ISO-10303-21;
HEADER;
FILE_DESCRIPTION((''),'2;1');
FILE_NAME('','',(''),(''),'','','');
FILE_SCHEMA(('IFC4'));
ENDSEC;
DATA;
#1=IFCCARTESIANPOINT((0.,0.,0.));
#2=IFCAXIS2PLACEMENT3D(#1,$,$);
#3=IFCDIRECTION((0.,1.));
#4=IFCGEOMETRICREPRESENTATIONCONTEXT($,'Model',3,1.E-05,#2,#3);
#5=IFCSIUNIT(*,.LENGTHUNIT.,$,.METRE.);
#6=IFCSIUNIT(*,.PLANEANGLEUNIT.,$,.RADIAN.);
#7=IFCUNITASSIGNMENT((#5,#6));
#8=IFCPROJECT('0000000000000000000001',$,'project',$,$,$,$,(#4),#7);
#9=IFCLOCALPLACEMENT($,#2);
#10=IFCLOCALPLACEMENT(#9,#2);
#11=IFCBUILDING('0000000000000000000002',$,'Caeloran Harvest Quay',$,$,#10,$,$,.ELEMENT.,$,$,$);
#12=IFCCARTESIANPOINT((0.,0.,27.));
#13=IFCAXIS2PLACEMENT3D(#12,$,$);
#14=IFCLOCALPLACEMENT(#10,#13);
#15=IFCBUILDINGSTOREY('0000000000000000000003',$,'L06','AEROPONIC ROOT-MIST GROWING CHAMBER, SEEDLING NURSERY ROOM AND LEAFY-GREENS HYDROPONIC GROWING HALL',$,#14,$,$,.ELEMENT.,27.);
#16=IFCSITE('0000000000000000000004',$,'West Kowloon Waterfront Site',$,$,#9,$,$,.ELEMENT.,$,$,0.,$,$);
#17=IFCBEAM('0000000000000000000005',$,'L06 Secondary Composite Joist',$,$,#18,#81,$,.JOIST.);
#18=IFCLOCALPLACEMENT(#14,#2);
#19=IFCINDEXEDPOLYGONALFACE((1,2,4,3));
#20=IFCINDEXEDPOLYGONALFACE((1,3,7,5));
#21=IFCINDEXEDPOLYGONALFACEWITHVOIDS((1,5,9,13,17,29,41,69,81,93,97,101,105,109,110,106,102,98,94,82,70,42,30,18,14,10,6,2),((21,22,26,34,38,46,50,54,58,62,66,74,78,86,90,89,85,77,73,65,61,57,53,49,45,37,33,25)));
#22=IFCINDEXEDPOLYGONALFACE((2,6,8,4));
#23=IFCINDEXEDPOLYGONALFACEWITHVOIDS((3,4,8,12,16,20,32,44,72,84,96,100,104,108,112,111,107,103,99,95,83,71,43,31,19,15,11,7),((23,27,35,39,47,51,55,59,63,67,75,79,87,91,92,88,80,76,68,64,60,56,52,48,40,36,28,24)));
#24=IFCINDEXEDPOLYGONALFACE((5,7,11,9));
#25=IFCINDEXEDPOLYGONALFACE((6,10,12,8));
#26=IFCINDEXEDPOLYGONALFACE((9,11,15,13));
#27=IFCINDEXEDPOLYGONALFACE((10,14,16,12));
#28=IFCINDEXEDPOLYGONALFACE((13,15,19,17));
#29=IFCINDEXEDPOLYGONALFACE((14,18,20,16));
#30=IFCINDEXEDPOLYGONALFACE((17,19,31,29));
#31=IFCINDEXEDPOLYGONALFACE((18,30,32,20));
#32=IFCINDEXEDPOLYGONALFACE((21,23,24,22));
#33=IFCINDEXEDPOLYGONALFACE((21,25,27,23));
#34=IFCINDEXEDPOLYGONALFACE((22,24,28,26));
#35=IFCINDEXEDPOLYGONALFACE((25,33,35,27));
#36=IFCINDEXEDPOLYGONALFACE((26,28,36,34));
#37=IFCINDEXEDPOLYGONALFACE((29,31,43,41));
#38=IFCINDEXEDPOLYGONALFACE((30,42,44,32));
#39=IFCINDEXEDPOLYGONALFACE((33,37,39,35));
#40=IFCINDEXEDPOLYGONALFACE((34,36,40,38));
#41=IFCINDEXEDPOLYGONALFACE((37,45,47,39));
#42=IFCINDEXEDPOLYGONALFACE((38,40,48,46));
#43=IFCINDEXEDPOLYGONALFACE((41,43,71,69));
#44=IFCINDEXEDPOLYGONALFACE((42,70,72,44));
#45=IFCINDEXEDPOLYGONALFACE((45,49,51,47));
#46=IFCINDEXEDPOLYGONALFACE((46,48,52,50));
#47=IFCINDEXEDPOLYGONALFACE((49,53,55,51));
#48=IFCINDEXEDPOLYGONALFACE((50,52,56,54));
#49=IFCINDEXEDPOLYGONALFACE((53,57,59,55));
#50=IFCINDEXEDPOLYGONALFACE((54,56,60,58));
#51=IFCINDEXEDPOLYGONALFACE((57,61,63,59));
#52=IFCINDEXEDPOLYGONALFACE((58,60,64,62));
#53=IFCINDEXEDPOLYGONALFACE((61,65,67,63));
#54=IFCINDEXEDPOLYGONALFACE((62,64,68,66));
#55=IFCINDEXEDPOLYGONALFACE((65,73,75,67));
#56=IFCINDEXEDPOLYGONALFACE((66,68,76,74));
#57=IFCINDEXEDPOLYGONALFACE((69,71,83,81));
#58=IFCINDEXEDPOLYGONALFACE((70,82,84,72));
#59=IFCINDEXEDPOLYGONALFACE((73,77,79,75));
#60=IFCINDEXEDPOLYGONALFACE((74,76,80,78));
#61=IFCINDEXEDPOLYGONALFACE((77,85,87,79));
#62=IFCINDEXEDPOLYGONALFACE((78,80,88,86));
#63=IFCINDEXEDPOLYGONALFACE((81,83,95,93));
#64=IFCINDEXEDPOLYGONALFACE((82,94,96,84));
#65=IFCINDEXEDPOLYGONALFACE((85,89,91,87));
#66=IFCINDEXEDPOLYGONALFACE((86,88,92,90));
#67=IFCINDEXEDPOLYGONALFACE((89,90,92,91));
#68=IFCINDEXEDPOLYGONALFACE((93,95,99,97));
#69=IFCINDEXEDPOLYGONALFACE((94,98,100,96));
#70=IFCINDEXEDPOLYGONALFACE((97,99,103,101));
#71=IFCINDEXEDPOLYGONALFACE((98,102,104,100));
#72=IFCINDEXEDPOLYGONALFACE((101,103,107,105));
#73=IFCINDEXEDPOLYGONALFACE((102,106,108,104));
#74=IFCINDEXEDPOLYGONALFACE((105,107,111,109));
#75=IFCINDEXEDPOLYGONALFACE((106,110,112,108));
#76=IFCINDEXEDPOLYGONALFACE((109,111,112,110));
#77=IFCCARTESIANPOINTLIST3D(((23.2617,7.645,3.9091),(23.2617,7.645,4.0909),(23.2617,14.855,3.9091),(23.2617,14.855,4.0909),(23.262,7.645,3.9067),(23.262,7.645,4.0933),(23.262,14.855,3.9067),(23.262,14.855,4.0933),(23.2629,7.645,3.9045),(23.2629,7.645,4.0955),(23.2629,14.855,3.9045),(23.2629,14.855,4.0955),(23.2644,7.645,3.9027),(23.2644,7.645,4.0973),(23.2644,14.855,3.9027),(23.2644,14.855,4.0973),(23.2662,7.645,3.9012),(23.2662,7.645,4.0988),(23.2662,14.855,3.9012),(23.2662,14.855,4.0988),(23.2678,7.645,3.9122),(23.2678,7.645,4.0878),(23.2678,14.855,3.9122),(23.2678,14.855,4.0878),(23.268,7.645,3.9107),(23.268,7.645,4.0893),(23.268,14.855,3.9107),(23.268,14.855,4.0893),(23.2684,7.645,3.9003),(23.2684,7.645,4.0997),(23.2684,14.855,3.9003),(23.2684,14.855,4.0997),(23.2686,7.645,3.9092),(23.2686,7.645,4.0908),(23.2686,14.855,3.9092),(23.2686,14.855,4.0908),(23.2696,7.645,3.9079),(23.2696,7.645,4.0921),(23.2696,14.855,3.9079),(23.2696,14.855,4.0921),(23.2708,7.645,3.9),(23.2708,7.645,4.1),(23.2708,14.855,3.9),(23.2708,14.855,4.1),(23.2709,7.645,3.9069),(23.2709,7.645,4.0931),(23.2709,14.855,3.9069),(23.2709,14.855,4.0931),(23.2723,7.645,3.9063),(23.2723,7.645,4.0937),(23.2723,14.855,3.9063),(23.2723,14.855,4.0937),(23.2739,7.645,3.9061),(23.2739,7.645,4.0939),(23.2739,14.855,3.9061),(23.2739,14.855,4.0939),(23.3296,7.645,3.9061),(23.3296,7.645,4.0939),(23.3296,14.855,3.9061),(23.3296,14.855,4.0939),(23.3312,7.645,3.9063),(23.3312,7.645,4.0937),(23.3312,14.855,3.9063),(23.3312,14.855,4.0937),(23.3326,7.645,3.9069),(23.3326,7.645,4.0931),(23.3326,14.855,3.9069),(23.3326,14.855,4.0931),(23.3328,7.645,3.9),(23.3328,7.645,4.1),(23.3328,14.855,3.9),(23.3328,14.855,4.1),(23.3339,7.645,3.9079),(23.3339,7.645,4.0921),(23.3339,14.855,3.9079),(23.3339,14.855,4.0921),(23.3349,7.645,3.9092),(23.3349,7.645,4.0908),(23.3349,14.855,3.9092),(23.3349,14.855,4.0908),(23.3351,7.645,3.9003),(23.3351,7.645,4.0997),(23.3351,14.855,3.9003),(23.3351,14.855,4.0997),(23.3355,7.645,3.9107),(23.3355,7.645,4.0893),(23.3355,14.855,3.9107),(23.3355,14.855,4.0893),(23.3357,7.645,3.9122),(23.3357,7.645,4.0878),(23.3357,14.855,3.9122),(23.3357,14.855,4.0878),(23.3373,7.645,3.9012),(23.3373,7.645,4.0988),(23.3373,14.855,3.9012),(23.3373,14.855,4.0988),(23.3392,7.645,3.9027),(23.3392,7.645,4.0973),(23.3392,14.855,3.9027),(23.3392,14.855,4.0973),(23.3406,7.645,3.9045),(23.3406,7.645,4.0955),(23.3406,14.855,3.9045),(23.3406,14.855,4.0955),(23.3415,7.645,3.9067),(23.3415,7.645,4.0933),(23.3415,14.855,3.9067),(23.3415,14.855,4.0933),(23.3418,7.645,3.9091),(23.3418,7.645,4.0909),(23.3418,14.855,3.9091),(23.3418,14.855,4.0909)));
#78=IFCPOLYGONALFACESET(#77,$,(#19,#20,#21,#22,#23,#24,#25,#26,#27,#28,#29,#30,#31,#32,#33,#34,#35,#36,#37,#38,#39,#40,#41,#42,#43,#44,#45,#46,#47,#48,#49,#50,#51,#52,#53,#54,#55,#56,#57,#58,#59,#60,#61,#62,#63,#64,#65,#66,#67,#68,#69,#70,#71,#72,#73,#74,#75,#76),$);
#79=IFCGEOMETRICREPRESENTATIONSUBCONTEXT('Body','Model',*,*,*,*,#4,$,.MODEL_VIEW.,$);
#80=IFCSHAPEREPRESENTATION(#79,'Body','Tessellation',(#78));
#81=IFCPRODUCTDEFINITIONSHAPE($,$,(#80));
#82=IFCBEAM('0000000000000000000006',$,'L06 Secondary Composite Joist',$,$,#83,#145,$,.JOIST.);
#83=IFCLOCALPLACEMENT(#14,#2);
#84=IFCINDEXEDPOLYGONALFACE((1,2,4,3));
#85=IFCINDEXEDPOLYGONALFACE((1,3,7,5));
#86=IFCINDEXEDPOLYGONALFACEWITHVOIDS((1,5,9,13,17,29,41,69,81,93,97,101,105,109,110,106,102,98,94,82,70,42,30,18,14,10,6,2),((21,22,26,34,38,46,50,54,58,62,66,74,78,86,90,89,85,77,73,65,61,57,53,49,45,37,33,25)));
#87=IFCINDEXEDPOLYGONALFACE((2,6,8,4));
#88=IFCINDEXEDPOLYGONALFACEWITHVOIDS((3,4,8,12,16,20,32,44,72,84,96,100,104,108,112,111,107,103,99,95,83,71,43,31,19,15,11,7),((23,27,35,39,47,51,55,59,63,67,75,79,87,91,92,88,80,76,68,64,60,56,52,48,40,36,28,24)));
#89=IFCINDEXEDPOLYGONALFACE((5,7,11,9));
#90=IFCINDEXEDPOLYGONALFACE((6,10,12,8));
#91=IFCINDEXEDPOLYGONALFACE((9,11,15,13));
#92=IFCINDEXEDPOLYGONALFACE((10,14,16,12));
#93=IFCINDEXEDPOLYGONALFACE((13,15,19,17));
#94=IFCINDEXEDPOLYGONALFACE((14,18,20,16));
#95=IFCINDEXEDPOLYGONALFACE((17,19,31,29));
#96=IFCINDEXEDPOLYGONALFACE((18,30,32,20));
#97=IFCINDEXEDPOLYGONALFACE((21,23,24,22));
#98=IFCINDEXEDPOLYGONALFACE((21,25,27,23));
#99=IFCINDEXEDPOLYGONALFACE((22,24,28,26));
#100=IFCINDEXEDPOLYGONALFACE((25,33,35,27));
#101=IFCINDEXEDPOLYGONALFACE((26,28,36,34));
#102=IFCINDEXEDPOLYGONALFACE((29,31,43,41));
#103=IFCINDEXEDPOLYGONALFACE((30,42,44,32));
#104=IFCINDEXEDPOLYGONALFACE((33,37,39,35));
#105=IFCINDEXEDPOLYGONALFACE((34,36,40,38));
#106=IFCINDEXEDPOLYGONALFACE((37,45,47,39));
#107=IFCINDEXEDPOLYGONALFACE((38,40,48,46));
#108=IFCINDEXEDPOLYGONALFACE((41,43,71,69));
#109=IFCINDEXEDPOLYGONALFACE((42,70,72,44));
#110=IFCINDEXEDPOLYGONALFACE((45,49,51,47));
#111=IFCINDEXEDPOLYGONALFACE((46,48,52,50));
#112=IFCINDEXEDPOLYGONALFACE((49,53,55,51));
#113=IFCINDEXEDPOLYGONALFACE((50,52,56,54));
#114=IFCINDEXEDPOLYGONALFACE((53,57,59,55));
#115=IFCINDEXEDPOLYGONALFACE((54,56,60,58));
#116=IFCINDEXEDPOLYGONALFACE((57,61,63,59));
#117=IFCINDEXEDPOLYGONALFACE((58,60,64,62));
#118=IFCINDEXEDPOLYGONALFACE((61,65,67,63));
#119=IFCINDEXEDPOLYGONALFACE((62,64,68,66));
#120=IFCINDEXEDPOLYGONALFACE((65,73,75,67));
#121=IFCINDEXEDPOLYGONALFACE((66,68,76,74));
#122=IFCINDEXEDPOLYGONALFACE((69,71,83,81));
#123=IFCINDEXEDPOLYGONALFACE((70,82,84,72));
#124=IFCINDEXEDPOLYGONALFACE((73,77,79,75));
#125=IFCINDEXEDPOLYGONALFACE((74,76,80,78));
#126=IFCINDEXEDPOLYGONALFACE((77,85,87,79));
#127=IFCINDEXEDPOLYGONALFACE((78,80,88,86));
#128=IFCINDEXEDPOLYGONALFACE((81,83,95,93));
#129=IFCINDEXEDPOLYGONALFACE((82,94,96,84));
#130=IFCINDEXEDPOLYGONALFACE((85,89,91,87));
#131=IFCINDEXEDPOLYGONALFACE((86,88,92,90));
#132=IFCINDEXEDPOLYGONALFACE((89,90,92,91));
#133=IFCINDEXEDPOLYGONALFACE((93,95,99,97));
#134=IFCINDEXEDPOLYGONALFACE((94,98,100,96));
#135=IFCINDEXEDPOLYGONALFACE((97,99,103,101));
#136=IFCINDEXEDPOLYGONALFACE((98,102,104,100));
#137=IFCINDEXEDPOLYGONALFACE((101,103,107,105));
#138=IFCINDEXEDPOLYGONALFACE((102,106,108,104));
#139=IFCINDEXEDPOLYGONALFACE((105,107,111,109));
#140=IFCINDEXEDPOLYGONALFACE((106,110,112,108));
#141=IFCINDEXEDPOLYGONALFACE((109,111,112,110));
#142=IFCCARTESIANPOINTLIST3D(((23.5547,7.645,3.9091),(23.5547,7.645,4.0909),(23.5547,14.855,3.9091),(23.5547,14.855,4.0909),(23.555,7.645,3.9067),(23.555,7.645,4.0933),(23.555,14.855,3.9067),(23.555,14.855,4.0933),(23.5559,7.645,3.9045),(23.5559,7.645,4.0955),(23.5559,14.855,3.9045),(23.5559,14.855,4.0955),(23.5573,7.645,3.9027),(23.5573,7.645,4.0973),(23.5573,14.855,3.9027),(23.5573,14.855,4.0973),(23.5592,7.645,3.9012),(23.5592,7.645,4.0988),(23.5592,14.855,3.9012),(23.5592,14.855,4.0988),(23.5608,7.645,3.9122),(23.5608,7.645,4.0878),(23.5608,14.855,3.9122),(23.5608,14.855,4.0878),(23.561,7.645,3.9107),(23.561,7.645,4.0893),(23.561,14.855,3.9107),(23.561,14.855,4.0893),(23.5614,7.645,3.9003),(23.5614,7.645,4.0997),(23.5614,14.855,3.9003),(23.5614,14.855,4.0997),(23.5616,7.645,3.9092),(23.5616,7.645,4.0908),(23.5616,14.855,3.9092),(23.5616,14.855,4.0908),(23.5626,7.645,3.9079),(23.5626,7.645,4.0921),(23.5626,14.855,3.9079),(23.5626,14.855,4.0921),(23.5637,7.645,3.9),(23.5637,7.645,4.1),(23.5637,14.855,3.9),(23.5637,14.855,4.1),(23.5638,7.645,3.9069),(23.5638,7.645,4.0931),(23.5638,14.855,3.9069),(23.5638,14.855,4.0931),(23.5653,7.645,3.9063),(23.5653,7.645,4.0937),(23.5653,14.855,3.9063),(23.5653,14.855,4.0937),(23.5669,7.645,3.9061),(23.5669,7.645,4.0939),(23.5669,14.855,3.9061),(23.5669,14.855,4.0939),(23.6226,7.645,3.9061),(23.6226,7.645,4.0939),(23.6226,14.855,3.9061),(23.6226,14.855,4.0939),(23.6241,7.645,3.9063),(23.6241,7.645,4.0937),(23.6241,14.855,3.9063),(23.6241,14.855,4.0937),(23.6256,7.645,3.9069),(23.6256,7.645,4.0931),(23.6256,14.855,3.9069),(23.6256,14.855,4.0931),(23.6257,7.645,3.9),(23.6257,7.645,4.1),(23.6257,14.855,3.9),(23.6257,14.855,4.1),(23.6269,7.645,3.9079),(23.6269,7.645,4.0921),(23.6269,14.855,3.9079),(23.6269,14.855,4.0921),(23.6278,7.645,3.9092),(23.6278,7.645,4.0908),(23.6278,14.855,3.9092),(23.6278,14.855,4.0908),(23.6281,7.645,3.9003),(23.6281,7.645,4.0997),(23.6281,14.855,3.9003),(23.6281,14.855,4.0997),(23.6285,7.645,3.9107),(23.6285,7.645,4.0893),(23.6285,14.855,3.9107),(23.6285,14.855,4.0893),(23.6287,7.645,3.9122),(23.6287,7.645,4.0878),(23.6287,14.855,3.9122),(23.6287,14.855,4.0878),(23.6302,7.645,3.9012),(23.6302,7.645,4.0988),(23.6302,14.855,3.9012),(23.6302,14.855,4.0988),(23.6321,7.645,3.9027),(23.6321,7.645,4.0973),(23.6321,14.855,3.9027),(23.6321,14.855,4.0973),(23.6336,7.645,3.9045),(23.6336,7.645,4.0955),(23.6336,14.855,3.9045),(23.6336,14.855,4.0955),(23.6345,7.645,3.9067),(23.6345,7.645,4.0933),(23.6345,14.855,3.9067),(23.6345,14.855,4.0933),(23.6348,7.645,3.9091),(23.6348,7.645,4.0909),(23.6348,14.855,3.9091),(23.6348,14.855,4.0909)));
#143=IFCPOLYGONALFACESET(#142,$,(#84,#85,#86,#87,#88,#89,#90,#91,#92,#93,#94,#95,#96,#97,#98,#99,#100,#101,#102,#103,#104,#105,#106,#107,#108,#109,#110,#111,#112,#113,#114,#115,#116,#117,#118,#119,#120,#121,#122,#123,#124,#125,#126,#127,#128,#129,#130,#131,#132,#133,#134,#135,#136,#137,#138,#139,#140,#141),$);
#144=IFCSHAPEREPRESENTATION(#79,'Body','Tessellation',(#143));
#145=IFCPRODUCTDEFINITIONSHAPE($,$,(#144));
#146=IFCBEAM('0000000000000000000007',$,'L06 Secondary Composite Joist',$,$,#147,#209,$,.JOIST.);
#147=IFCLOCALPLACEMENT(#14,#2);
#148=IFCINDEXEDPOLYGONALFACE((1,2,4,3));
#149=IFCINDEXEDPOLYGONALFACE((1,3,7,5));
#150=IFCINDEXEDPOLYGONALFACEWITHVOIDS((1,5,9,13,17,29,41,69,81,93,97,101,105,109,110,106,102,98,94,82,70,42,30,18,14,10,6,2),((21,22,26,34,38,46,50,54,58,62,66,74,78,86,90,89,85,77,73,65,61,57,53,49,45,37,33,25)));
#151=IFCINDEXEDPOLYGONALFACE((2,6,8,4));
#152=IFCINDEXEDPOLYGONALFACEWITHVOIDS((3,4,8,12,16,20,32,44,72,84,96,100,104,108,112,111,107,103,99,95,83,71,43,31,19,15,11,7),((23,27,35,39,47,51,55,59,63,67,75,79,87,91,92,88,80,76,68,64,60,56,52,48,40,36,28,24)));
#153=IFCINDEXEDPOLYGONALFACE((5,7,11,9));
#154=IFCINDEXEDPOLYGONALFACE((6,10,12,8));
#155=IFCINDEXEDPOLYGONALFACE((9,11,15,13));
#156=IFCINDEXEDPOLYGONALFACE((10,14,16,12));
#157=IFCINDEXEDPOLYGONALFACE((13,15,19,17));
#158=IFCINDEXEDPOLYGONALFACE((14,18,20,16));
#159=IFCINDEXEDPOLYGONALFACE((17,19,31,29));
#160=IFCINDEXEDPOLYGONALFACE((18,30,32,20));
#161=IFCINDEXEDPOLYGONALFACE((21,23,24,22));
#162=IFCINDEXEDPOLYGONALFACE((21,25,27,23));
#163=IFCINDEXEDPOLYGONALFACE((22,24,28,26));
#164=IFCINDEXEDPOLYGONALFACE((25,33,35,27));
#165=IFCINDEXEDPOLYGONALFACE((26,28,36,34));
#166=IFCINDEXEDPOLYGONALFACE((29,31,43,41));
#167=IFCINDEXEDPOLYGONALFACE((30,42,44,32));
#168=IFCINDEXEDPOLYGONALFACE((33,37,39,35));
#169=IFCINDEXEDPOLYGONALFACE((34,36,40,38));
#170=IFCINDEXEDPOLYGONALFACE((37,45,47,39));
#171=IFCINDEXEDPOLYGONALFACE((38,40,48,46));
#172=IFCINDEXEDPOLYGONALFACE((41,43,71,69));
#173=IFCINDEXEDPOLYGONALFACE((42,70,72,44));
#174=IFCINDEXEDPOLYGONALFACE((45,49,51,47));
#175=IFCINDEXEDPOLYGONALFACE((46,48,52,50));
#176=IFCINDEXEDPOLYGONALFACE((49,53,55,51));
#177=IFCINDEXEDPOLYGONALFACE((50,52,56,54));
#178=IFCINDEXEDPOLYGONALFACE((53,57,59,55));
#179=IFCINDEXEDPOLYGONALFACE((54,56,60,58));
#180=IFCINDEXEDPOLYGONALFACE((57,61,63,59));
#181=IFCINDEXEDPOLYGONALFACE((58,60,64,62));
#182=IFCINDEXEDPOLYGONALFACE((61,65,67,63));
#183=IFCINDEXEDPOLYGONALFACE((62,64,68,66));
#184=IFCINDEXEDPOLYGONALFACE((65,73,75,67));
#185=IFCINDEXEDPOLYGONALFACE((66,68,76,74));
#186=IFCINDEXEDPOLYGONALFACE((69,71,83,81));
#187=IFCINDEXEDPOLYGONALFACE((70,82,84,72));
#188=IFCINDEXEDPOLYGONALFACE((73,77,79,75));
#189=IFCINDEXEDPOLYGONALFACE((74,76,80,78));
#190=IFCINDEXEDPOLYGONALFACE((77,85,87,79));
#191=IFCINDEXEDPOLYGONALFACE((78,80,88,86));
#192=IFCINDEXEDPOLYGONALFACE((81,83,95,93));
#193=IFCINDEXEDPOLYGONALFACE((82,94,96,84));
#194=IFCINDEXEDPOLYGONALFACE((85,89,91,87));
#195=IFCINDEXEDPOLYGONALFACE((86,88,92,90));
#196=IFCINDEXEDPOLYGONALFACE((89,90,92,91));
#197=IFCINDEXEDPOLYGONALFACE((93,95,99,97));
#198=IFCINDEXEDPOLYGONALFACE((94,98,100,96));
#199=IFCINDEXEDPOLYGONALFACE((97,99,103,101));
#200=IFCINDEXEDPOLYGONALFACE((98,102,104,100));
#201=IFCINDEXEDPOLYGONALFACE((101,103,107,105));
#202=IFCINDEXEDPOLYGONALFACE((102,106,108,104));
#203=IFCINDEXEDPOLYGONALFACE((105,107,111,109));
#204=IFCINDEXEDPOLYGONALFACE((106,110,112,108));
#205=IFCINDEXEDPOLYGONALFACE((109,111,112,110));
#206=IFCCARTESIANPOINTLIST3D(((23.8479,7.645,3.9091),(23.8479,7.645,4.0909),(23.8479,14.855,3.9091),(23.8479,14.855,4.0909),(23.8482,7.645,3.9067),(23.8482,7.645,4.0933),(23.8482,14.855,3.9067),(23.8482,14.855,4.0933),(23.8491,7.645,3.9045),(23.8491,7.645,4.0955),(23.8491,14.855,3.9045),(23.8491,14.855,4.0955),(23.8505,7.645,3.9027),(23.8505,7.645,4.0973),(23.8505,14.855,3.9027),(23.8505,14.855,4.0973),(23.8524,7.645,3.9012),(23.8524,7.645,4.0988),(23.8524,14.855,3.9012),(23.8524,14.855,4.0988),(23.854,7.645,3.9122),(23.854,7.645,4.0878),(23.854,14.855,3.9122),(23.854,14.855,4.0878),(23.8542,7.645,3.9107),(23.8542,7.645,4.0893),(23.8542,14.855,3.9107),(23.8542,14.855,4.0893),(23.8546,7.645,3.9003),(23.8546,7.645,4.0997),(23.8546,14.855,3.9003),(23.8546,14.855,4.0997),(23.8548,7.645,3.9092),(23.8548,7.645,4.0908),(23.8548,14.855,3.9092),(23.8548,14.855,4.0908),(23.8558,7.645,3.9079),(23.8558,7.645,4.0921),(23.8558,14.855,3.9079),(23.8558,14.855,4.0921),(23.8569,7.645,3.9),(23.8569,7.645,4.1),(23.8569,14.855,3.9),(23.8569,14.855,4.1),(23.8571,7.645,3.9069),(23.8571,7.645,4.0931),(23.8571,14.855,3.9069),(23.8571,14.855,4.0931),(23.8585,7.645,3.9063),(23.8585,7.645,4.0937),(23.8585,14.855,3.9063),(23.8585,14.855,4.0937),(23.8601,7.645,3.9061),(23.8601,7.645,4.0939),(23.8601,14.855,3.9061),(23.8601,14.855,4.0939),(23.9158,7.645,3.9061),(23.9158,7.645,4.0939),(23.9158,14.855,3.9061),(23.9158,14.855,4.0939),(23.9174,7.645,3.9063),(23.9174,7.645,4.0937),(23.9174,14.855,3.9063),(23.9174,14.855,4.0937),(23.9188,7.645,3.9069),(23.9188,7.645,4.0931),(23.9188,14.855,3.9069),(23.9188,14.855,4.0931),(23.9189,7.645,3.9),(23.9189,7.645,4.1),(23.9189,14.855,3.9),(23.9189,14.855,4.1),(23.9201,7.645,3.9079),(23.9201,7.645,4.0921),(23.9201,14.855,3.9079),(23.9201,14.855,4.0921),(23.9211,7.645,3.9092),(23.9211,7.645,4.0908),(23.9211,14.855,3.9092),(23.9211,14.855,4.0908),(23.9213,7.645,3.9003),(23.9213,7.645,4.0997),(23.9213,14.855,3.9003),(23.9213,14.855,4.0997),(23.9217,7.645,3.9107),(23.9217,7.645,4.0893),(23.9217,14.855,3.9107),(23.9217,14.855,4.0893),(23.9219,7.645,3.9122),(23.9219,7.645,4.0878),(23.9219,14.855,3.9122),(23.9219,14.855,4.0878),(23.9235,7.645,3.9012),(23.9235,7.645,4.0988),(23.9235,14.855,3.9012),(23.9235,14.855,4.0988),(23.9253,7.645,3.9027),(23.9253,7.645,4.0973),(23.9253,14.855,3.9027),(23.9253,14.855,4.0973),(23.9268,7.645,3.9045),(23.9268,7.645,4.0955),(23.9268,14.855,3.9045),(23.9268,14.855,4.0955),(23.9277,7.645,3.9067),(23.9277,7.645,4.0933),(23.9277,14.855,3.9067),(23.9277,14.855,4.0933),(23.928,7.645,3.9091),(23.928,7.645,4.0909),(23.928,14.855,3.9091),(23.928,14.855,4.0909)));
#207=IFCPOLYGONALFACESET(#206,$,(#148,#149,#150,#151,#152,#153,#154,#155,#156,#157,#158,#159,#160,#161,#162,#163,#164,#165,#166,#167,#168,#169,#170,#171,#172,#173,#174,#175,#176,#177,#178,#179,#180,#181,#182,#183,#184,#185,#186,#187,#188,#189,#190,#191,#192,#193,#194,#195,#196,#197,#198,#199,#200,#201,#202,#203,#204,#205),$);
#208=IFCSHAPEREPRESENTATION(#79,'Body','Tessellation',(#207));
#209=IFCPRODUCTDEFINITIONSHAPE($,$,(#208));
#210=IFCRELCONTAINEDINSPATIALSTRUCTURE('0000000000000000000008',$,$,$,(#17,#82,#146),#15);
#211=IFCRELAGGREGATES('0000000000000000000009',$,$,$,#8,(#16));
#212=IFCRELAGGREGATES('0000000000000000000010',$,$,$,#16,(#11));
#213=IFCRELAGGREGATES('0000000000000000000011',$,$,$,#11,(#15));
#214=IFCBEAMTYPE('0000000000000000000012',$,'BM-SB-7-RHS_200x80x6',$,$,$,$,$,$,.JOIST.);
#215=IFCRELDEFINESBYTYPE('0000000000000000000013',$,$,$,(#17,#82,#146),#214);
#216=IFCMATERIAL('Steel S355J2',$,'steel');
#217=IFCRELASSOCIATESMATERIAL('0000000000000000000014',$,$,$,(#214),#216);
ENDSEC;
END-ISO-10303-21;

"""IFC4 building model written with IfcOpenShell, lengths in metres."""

from ifc_helpers import new_model, si_unit, direction, frame, origin, origin_2d, place, context, subcontext, project, spatial, hollow_rectangle, extrude, material, material_profile, profile_set, type_object, element, save


model = new_model("IFC4")

# Units and contexts
model_context = context("Model", 3, precision=1e-05, world=origin(), true_north=direction((0.0, 1.0)))
body_context = subcontext(model_context, "Body", "Model", "MODEL_VIEW")
ifc_project = project(units=[si_unit("LENGTHUNIT", "METRE"), si_unit("PLANEANGLEUNIT", "RADIAN")], contexts=[model_context])

# Site, building, storey
site_placement = place(None, origin())
site = spatial("IfcSite", under=ifc_project, at=site_placement, Name="West Kowloon Waterfront Site", CompositionType="ELEMENT", RefElevation=0.0)
building_placement = place(site_placement, origin())
building = spatial("IfcBuilding", under=site, at=building_placement, Name="Caeloran Harvest Quay", CompositionType="ELEMENT")
storey_placement = place(building_placement, frame((0.0, 0.0, 27.0)))
storey = spatial("IfcBuildingStorey", under=building, at=storey_placement, Name="L06", Description="AEROPONIC ROOT-MIST GROWING CHAMBER, SEEDLING NURSERY ROOM AND LEAFY-GREENS HYDROPONIC GROWING HALL", CompositionType="ELEMENT", Elevation=27.0)

# Beams
ifc_material_1 = material(Name="Steel S355J2", Category="steel")
ifc_material_profile_1 = material_profile(ifc_material_1, hollow_rectangle(XDim=0.0801, YDim=0.2, WallThickness=0.0061, InnerFilletRadius=0.0061, OuterFilletRadius=0.009, at=origin_2d()), Name="RHS 200x80x6")
ifc_profile_set_1 = profile_set([ifc_material_profile_1], Name="Steel S355J2")
beam_type_1 = type_object("IfcBeamType", Name="BM-SB-7-RHS_200x80x6", PredefinedType="JOIST", material=ifc_profile_set_1)
for number, where, z_axis, x_axis, name in (
    (1, (23.3018, 7.645, 4.0), (0.0, 1.0, 0.0), (-1.0, 0.0, 0.0), "L06 Secondary Composite Joist"),
    (2, (23.5947, 7.645, 4.0), (0.0, 1.0, 0.0), (-1.0, 0.0, 0.0), "L06 Secondary Composite Joist"),
    (3, (23.8879, 7.645, 4.0), (0.0, 1.0, 0.0), (-1.0, 0.0, 0.0), "L06 Secondary Composite Joist"),
):
    element("IfcBeam", number, at=place(storey_placement, frame(where, z_axis=z_axis, x_axis=x_axis)), inside=storey, type_object=beam_type_1, Name=name, PredefinedType="JOIST", context=body_context, shape_type="SweptSolid", body=[
        extrude(hollow_rectangle(XDim=0.0801, YDim=0.2, WallThickness=0.0061, InnerFilletRadius=0.0061, OuterFilletRadius=0.009, at=origin_2d()), origin(), (0.0, 0.0, 1.0), 7.21),
    ])

save(model, "model.ifc")
